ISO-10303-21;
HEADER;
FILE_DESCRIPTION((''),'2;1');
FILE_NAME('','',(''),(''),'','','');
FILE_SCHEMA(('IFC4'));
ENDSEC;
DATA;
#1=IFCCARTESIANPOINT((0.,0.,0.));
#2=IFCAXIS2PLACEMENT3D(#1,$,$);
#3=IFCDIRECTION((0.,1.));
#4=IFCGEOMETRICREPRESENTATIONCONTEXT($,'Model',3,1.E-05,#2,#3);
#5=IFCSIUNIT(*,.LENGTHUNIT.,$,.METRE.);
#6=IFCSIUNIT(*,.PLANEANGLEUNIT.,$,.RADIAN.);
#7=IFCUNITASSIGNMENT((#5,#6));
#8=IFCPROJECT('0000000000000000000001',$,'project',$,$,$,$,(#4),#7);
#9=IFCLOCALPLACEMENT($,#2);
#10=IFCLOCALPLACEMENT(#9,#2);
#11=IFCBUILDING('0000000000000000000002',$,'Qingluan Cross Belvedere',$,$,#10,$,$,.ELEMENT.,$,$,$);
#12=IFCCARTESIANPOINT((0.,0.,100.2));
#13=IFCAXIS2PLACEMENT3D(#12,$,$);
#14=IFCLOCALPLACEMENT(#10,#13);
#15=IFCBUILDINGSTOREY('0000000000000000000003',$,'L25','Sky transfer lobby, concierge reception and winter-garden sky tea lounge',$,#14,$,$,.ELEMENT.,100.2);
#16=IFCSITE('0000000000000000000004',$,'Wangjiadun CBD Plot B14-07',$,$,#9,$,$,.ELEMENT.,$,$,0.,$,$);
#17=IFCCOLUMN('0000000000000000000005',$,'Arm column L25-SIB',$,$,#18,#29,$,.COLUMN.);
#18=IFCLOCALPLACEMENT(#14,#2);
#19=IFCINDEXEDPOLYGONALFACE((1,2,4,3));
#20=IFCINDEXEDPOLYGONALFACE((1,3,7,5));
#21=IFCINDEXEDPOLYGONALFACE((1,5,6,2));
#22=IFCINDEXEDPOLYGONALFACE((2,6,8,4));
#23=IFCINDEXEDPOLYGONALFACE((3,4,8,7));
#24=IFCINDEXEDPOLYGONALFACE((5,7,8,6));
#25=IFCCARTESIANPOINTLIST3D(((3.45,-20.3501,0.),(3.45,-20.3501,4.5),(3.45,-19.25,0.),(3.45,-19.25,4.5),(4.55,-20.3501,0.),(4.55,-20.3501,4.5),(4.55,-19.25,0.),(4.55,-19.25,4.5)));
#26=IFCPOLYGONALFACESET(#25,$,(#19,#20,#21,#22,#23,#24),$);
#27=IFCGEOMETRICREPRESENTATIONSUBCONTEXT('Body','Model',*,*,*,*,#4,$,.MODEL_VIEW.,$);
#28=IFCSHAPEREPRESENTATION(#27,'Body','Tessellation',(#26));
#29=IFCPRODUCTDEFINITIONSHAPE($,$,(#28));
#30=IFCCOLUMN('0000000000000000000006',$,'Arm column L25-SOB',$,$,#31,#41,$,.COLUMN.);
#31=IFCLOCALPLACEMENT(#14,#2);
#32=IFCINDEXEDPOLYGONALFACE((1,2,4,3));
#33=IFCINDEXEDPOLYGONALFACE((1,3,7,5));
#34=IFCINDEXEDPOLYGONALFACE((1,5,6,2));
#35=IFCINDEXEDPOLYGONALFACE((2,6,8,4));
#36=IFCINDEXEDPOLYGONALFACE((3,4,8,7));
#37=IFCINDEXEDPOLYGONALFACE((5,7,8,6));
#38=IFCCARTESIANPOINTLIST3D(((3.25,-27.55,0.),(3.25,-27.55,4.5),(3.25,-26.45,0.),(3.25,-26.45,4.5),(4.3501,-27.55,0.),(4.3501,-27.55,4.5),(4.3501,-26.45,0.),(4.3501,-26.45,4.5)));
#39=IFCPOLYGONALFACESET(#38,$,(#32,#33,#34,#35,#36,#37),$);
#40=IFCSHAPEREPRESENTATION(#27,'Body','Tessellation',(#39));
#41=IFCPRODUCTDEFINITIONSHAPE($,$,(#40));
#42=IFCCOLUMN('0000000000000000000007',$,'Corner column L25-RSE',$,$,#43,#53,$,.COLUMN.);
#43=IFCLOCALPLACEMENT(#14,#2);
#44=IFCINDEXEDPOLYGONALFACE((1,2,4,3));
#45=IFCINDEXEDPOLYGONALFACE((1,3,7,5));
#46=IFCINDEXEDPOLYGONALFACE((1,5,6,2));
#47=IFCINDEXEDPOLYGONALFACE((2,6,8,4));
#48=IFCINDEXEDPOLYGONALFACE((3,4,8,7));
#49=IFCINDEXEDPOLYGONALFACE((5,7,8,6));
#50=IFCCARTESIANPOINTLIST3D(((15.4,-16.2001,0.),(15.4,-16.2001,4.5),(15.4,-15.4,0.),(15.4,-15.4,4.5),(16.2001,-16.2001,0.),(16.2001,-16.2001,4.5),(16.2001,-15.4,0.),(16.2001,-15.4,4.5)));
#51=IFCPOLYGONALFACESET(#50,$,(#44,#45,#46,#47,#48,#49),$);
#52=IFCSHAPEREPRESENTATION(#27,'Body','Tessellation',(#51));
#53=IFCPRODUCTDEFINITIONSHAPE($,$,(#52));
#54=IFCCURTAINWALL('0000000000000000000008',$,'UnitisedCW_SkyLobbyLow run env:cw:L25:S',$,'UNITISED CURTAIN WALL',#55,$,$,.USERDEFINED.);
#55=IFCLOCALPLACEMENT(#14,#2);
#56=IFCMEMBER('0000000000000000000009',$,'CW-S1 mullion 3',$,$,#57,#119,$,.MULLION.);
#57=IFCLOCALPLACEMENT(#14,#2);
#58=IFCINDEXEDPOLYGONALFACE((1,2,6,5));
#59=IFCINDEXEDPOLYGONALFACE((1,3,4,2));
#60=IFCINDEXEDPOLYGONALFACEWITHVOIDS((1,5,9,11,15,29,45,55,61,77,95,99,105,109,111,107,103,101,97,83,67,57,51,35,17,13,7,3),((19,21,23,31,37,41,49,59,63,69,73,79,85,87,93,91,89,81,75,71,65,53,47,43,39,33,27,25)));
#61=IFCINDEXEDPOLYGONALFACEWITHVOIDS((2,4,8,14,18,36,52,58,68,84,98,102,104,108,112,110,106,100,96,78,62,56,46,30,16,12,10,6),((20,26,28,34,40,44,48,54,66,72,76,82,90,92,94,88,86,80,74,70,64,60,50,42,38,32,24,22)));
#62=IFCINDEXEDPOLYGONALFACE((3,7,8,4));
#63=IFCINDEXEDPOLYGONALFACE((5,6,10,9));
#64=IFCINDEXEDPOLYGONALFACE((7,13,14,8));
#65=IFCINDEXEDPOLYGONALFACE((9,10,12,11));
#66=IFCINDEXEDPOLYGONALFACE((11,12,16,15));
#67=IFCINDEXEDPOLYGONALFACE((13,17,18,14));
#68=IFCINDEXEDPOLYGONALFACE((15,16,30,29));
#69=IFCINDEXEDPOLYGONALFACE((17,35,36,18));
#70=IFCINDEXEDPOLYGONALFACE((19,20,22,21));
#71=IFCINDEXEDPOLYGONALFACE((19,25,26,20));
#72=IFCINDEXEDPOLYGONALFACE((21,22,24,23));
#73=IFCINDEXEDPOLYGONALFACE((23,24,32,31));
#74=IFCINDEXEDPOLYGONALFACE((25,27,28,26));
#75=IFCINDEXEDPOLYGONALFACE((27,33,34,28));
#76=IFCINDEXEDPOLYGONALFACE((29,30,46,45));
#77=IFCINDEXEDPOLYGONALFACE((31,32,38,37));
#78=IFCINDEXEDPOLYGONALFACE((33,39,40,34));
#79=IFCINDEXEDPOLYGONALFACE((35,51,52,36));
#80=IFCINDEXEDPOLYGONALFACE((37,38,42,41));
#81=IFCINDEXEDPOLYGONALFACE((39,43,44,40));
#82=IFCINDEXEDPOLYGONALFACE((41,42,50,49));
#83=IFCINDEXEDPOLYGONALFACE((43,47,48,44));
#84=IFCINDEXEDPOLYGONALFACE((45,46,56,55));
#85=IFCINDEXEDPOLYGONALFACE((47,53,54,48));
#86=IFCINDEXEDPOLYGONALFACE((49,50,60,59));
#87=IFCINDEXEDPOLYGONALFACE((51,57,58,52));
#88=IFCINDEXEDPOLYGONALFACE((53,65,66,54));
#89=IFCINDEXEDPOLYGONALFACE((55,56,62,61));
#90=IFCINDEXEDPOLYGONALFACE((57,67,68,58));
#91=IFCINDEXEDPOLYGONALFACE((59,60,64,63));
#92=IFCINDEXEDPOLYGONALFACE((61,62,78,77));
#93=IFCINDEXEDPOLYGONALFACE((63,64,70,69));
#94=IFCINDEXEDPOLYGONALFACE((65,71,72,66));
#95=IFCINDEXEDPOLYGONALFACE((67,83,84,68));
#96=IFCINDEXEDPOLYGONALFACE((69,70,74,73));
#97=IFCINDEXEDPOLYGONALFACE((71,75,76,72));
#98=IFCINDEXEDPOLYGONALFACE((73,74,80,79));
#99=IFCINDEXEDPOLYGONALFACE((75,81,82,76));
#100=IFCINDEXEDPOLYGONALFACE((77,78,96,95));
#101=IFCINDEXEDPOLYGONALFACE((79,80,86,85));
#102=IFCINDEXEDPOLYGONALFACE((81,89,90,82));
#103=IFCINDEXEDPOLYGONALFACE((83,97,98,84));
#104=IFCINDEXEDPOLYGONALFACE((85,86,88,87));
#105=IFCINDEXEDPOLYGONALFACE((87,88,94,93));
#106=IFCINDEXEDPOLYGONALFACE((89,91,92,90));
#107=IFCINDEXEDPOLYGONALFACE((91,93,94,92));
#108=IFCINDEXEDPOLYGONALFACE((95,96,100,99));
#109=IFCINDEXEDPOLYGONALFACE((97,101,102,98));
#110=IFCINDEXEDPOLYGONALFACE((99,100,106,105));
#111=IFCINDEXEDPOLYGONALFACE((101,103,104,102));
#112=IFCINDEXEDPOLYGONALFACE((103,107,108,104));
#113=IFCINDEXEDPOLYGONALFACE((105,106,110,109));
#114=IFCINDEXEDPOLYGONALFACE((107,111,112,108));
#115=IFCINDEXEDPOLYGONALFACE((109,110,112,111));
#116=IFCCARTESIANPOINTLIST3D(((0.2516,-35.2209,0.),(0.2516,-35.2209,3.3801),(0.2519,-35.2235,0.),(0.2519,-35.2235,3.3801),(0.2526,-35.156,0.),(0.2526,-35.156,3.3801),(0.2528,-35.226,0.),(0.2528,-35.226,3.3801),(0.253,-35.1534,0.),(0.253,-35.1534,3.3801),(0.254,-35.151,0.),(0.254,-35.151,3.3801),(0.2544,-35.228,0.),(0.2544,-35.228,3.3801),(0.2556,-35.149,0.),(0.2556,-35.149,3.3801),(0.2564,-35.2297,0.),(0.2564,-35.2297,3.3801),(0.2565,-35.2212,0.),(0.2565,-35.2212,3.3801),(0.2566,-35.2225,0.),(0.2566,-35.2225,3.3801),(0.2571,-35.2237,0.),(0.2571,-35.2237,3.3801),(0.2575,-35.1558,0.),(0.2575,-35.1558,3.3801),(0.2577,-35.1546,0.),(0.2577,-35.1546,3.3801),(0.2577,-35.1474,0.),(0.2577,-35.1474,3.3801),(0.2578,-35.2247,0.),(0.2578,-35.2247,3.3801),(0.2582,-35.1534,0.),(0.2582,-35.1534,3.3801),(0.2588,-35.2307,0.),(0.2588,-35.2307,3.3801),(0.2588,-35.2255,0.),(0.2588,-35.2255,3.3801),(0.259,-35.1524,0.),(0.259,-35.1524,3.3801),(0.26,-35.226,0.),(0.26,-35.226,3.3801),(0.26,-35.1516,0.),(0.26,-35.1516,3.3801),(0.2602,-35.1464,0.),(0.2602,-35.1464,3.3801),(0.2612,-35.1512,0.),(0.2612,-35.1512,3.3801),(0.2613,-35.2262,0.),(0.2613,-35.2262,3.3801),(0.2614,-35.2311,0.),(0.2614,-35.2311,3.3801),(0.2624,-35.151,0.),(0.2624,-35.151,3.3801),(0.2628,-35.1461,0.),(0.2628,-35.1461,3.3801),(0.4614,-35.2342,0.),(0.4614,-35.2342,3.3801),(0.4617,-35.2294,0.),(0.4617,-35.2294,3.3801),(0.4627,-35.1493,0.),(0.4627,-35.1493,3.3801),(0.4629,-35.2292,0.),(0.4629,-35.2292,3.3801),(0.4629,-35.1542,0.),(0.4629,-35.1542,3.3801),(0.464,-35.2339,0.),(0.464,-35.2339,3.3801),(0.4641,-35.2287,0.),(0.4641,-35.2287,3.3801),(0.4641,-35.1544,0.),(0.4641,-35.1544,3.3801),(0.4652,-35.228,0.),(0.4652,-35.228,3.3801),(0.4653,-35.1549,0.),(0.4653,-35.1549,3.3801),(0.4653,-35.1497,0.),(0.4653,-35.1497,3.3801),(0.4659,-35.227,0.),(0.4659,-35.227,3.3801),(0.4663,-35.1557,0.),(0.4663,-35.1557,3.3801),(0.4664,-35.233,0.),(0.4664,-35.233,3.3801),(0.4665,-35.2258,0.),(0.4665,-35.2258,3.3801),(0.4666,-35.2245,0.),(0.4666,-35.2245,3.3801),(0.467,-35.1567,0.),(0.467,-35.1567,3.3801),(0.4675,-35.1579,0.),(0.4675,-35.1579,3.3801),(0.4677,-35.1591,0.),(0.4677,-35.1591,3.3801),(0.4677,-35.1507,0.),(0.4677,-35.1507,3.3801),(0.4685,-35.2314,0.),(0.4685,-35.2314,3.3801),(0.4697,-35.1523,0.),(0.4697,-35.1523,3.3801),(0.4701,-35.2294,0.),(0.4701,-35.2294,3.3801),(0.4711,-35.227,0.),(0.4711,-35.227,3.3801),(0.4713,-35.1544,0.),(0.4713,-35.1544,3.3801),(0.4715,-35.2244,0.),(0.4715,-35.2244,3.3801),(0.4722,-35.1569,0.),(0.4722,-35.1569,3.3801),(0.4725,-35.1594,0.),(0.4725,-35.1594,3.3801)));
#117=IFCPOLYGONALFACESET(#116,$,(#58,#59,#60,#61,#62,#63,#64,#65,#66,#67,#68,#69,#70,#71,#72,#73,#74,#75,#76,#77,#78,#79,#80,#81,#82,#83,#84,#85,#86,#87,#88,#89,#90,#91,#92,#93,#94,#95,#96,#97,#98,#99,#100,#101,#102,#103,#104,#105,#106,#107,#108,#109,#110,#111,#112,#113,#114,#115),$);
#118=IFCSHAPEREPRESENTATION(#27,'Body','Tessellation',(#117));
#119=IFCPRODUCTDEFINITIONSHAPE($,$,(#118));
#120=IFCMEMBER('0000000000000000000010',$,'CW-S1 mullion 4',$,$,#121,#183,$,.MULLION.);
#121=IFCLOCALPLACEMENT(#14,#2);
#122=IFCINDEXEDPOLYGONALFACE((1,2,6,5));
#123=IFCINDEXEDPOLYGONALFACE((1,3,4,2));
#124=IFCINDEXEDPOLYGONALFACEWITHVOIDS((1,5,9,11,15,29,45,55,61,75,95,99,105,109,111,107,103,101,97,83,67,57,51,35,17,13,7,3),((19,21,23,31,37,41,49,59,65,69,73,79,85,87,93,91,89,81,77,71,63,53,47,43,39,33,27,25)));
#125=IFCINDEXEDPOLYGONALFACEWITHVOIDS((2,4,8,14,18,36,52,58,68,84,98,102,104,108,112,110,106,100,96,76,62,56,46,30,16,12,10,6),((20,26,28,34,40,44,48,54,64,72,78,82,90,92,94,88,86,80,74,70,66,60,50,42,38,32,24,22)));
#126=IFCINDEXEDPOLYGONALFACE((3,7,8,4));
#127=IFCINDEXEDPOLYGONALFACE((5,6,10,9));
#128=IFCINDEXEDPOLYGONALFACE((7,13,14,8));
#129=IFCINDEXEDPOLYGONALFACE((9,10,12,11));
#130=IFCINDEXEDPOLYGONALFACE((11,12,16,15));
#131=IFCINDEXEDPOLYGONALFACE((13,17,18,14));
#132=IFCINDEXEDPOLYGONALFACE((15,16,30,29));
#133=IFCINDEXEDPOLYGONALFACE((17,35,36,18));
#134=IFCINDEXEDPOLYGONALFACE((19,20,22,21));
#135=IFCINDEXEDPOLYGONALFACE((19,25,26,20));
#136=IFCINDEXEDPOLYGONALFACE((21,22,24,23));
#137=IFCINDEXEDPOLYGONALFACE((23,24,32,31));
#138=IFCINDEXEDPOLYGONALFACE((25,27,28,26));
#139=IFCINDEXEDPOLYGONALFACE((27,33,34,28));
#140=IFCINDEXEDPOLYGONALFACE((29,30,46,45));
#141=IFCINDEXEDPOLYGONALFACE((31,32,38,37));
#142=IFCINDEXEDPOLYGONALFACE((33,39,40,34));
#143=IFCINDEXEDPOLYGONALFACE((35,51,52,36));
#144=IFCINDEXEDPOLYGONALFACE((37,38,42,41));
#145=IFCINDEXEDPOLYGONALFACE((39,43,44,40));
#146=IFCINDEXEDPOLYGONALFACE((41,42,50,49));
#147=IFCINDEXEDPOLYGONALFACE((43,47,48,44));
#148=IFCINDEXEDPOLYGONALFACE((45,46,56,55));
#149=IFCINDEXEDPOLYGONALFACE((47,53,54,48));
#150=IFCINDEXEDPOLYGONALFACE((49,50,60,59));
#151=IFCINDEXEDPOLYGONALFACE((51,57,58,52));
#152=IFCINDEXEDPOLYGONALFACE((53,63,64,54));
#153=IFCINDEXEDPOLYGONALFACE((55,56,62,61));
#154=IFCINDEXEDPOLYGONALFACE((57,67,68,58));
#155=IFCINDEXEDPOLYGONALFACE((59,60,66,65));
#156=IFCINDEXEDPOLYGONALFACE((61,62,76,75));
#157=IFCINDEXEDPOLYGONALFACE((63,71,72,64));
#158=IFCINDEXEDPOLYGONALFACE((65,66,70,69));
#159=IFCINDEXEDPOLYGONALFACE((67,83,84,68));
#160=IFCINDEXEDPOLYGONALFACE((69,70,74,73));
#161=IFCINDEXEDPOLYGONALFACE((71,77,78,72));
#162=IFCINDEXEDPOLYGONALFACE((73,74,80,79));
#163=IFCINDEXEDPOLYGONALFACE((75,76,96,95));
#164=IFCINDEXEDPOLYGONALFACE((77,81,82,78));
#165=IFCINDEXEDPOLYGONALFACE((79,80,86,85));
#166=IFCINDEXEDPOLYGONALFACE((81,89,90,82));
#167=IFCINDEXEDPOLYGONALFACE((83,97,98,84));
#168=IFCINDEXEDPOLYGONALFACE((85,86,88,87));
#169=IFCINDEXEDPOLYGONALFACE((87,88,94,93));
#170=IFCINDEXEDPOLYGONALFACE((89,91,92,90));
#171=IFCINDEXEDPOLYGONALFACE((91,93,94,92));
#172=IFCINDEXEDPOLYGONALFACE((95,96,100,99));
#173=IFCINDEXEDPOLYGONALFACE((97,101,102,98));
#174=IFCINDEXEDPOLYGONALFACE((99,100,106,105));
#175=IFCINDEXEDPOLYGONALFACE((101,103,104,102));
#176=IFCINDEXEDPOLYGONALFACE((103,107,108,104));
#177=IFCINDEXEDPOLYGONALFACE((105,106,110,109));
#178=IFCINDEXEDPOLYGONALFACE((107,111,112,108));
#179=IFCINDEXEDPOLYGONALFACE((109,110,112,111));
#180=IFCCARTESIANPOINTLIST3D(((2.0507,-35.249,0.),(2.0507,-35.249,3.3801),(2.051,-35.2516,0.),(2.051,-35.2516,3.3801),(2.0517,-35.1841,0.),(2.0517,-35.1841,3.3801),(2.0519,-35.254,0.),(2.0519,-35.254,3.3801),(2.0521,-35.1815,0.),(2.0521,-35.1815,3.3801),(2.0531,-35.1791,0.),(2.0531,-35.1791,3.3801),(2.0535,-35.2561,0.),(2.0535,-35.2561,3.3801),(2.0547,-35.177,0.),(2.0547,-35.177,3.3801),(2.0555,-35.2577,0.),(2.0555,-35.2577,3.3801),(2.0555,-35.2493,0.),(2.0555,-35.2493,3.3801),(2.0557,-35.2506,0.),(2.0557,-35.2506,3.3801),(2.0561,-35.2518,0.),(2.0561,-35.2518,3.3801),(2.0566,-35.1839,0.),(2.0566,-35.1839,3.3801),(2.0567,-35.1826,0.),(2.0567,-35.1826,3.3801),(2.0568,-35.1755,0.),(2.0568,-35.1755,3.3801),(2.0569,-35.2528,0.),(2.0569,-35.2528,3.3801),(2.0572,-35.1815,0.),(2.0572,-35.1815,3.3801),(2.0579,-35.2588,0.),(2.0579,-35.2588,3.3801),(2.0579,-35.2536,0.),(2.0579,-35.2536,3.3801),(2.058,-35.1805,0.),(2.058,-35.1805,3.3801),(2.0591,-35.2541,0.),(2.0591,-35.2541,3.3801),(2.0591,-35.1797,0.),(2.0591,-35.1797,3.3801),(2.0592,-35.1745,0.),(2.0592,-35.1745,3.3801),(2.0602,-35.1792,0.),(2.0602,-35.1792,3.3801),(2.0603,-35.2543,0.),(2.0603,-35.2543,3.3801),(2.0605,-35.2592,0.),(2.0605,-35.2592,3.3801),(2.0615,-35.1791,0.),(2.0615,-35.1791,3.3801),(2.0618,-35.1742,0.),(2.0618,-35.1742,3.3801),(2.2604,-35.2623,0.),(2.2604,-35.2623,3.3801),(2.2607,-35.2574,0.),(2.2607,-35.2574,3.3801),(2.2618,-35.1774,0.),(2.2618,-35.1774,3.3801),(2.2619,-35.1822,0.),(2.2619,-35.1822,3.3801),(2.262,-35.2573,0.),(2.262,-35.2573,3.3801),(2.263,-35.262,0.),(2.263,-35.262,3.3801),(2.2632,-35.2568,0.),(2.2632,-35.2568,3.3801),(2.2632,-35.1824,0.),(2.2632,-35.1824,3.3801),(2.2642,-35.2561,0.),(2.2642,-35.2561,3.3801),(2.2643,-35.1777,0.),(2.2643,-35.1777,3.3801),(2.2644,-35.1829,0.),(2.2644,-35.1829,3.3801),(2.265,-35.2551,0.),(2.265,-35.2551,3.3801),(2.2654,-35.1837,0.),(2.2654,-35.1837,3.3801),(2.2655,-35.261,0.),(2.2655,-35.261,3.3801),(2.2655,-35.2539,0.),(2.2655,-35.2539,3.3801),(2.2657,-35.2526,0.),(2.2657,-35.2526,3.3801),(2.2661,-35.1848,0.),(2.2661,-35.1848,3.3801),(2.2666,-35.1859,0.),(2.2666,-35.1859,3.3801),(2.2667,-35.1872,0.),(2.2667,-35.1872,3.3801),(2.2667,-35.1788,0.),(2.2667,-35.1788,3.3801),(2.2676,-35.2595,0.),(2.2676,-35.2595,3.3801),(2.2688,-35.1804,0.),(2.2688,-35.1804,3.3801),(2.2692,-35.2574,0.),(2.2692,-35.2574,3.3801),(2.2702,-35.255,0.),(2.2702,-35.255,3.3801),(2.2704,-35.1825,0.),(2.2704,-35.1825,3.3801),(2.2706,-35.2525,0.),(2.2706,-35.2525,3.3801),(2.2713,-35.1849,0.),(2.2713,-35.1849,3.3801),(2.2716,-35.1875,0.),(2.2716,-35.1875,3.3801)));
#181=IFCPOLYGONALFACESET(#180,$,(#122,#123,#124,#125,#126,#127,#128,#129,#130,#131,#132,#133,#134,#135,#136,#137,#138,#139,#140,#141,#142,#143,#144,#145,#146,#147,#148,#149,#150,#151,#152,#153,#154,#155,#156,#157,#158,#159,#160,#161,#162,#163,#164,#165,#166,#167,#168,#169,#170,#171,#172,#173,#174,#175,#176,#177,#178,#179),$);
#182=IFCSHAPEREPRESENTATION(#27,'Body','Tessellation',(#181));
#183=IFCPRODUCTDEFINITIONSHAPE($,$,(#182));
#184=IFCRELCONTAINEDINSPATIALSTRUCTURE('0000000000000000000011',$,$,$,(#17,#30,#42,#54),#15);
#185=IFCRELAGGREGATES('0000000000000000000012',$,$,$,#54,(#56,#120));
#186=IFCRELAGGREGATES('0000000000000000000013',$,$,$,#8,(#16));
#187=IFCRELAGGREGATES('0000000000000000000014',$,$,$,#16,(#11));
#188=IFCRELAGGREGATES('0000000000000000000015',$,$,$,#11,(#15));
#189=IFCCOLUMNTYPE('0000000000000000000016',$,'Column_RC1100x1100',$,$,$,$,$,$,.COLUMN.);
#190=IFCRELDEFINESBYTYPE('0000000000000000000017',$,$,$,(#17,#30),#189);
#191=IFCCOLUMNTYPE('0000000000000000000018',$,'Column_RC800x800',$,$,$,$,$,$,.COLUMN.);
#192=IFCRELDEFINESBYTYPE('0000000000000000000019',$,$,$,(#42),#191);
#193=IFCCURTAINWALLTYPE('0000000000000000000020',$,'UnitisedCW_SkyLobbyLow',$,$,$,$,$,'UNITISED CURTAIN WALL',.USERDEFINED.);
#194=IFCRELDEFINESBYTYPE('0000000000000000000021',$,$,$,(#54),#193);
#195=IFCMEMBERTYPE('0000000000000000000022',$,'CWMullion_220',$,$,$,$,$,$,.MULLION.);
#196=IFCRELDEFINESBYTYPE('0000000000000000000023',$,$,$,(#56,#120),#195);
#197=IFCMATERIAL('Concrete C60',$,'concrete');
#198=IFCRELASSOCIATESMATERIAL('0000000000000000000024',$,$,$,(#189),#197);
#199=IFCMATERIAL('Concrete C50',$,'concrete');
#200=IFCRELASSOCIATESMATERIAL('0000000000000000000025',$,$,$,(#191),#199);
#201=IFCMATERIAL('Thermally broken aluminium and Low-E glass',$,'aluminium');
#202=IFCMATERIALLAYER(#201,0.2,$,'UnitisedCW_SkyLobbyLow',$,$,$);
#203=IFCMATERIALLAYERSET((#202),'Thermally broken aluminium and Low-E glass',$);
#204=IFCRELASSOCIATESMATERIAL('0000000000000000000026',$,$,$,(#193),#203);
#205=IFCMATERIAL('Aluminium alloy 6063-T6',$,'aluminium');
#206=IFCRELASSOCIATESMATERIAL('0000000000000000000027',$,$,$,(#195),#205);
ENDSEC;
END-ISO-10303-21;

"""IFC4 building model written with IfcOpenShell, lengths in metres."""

from ifc_helpers import new_model, si_unit, direction, frame, origin, origin_2d, place, context, subcontext, project, spatial, rectangle, hollow_rectangle, extrude, material, layer, layer_set, material_profile, profile_set, type_object, element, aggregate, save


model = new_model("IFC4")

# Units and contexts
model_context = context("Model", 3, precision=1e-05, world=origin(), true_north=direction((0.0, 1.0)))
body_context = subcontext(model_context, "Body", "Model", "MODEL_VIEW")
ifc_project = project(units=[si_unit("LENGTHUNIT", "METRE"), si_unit("PLANEANGLEUNIT", "RADIAN")], contexts=[model_context])

# Site, building, storey
site_placement = place(None, origin())
site = spatial("IfcSite", under=ifc_project, at=site_placement, Name="Wangjiadun CBD Plot B14-07", CompositionType="ELEMENT", RefElevation=0.0)
building_placement = place(site_placement, origin())
building = spatial("IfcBuilding", under=site, at=building_placement, Name="Qingluan Cross Belvedere", CompositionType="ELEMENT")
storey_placement = place(building_placement, frame((0.0, 0.0, 100.2)))
storey = spatial("IfcBuildingStorey", under=building, at=storey_placement, Name="L25", Description="Sky transfer lobby, concierge reception and winter-garden sky tea lounge", CompositionType="ELEMENT", Elevation=100.2)

# Columns
ifc_material_1 = material(Name="Concrete C60", Category="concrete")
ifc_material_profile_1 = material_profile(ifc_material_1, rectangle(XDim=1.1001, YDim=1.1001, at=origin_2d()), Name="RC1100x1100")
ifc_profile_set_1 = profile_set([ifc_material_profile_1], Name="Concrete C60")
column_type_1 = type_object("IfcColumnType", Name="Column_RC1100x1100", PredefinedType="COLUMN", material=ifc_profile_set_1)
for number, where, z_axis, x_axis, name in (
    (1, (4.0, -19.8, 0.0), (0.0, 0.0, 1.0), (1.0, 0.0, 0.0), "Arm column L25-SIB"),
    (2, (3.8, -27.0, 0.0), (0.0, 0.0, 1.0), (1.0, 0.0, 0.0), "Arm column L25-SOB"),
):
    element("IfcColumn", number, at=place(storey_placement, frame(where, z_axis=z_axis, x_axis=x_axis)), inside=storey, type_object=column_type_1, Name=name, PredefinedType="COLUMN", context=body_context, shape_type="SweptSolid", body=[
        extrude(rectangle(XDim=1.1001, YDim=1.1001, at=origin_2d()), origin(), (0.0, 0.0, 1.0), 4.5),
    ])
ifc_material_2 = material(Name="Concrete C50", Category="concrete")
ifc_material_profile_2 = material_profile(ifc_material_2, rectangle(XDim=0.8, YDim=0.8, at=origin_2d()), Name="RC800x800")
ifc_profile_set_2 = profile_set([ifc_material_profile_2], Name="Concrete C50")
column_type_2 = type_object("IfcColumnType", Name="Column_RC800x800", PredefinedType="COLUMN", material=ifc_profile_set_2)
column_placement = place(storey_placement, frame((15.8, -15.8, 0.0), z_axis=(0.0, 0.0, 1.0), x_axis=(1.0, 0.0, 0.0)))
element("IfcColumn", 3, at=column_placement, inside=storey, type_object=column_type_2, Name="Corner column L25-RSE", PredefinedType="COLUMN", context=body_context, shape_type="SweptSolid", body=[
    extrude(rectangle(XDim=0.8, YDim=0.8, at=origin_2d()), origin(), (0.0, 0.0, 1.0), 4.5),
])

# Curtain wall, members
ifc_material_3 = material(Name="Thermally broken aluminium and Low-E glass", Category="aluminium")
ifc_layer_1 = layer(ifc_material_3, 0.2, Name="UnitisedCW_SkyLobbyLow")
ifc_layer_set_1 = layer_set([ifc_layer_1], Name="Thermally broken aluminium and Low-E glass")
curtain_wall_type = type_object("IfcCurtainWallType", Name="UnitisedCW_SkyLobbyLow", ElementType="UNITISED CURTAIN WALL", PredefinedType="USERDEFINED", material=ifc_layer_set_1)
curtain_wall_placement = place(storey_placement, origin())
curtain_wall = element("IfcCurtainWall", 4, at=curtain_wall_placement, inside=storey, type_object=curtain_wall_type, Name="UnitisedCW_SkyLobbyLow run env:cw:L25:S", ObjectType="UNITISED CURTAIN WALL", PredefinedType="USERDEFINED")
ifc_material_4 = material(Name="Aluminium alloy 6063-T6", Category="aluminium")
ifc_material_profile_3 = material_profile(ifc_material_4, hollow_rectangle(XDim=0.085, YDim=0.22, WallThickness=0.0049, InnerFilletRadius=0.0049, OuterFilletRadius=0.01, at=origin_2d()), Name="CWM220x85x5")
ifc_profile_set_3 = profile_set([ifc_material_profile_3], Name="Aluminium alloy 6063-T6")
member_type_1 = type_object("IfcMemberType", Name="CWMullion_220", PredefinedType="MULLION", material=ifc_profile_set_3)
member_1_placement = place(storey_placement, frame((0.3621, -35.1902, 0.0), z_axis=(0.0, 0.0, 1.0), x_axis=(0.015707, 0.999877, 0.0)))
member_1 = element("IfcMember", 5, at=member_1_placement, type_object=member_type_1, Name="CW-S1 mullion 3", PredefinedType="MULLION", context=body_context, shape_type="SweptSolid", body=[
    extrude(hollow_rectangle(XDim=0.085, YDim=0.22, WallThickness=0.0049, InnerFilletRadius=0.0049, OuterFilletRadius=0.01, at=origin_2d()), origin(), (0.0, 0.0, 1.0), 3.3801),
])
member_2_placement = place(storey_placement, frame((2.1611, -35.2183, 0.0), z_axis=(0.0, 0.0, 1.0), x_axis=(0.015707, 0.999877, 0.0)))
member_2 = element("IfcMember", 6, at=member_2_placement, type_object=member_type_1, Name="CW-S1 mullion 4", PredefinedType="MULLION", context=body_context, shape_type="SweptSolid", body=[
    extrude(hollow_rectangle(XDim=0.085, YDim=0.22, WallThickness=0.0049, InnerFilletRadius=0.0049, OuterFilletRadius=0.01, at=origin_2d()), origin(), (0.0, 0.0, 1.0), 3.3801),
])

aggregate(curtain_wall, [member_1, member_2])

save(model, "model.ifc")
